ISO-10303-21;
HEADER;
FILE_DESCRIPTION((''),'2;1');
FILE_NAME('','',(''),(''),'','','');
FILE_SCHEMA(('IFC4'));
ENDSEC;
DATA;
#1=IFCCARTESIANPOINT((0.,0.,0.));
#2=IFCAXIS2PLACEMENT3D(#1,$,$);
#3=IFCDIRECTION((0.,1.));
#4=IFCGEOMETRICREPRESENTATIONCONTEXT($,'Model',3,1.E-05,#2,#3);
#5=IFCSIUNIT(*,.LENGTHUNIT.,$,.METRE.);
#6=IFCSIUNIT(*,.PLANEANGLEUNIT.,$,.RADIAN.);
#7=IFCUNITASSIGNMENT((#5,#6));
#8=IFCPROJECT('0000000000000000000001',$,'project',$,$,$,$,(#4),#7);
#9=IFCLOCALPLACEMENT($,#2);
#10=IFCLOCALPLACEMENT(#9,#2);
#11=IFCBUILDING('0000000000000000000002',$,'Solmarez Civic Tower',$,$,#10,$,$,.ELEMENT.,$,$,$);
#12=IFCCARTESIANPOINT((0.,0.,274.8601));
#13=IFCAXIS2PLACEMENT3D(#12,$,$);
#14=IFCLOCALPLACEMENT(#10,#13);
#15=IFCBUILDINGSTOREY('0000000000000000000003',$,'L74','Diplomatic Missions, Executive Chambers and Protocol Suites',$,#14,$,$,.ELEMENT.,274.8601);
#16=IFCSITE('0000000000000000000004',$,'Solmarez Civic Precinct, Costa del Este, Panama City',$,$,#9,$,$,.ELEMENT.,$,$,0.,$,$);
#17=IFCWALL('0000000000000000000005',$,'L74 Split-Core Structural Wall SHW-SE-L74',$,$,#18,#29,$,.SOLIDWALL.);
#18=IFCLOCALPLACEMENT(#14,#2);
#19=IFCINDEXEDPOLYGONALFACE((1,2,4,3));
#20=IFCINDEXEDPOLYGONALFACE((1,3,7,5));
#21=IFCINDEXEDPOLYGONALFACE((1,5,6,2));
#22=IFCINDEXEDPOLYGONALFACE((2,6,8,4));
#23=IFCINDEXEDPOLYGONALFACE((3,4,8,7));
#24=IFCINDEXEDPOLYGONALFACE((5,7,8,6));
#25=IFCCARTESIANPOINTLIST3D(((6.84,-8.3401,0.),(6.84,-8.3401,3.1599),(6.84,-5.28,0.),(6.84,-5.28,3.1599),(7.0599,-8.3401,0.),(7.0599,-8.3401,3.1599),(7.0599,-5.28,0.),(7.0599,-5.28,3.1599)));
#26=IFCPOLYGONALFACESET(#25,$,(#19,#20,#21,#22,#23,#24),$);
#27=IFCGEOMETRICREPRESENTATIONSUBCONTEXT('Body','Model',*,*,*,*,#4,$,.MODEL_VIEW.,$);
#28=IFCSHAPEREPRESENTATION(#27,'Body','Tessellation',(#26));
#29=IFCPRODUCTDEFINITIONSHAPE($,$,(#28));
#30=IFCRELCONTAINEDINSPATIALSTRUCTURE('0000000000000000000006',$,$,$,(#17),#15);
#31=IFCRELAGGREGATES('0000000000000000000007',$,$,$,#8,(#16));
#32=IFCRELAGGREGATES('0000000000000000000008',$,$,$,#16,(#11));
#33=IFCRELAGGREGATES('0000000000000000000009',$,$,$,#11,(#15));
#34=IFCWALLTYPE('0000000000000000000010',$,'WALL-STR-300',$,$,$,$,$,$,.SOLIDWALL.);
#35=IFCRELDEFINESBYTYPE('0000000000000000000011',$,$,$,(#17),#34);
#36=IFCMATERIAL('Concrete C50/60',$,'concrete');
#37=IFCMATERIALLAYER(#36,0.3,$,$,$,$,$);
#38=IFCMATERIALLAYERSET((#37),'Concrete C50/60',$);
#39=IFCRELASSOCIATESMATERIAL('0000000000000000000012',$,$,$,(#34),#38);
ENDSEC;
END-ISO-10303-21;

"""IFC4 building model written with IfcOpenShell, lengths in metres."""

from ifc_helpers import new_model, si_unit, direction, frame, frame_2d, origin, place, context, subcontext, project, spatial, rectangle, extrude, material, layer, layer_set, type_object, element, save


model = new_model("IFC4")

# Units and contexts
model_context = context("Model", 3, precision=1e-05, world=origin(), true_north=direction((0.0, 1.0)))
body_context = subcontext(model_context, "Body", "Model", "MODEL_VIEW")
ifc_project = project(units=[si_unit("LENGTHUNIT", "METRE"), si_unit("PLANEANGLEUNIT", "RADIAN")], contexts=[model_context])

# Site, building, storey
site_placement = place(None, origin())
site = spatial("IfcSite", under=ifc_project, at=site_placement, Name="Solmarez Civic Precinct, Costa del Este, Panama City", CompositionType="ELEMENT", RefElevation=0.0)
building_placement = place(site_placement, origin())
building = spatial("IfcBuilding", under=site, at=building_placement, Name="Solmarez Civic Tower", CompositionType="ELEMENT")
storey_placement = place(building_placement, frame((0.0, 0.0, 274.8601)))
storey = spatial("IfcBuildingStorey", under=building, at=storey_placement, Name="L74", Description="Diplomatic Missions, Executive Chambers and Protocol Suites", CompositionType="ELEMENT", Elevation=274.8601)

# Shared definitions
ifc_material_1 = material(Name="Concrete C50/60", Category="concrete")

# Wall
ifc_layer_1 = layer(ifc_material_1, 0.3)
ifc_layer_set_1 = layer_set([ifc_layer_1], Name="Concrete C50/60")
wall_type_1 = type_object("IfcWallType", Name="WALL-STR-300", PredefinedType="SOLIDWALL", material=ifc_layer_set_1)
wall_1_placement = place(storey_placement, frame((6.95, -8.3401, 0.0), z_axis=(0.0, 0.0, 1.0), x_axis=(0.0, 1.0, 0.0)))
element("IfcWall", 1, at=wall_1_placement, inside=storey, type_object=wall_type_1, Name="L74 Split-Core Structural Wall SHW-SE-L74", PredefinedType="SOLIDWALL", context=body_context, shape_type="SweptSolid", body=[
    extrude(rectangle(XDim=3.0601, YDim=0.22, at=frame_2d((1.53, 0.0))), origin(), (0.0, 0.0, 1.0), 3.1599),
])

save(model, "model.ifc")
